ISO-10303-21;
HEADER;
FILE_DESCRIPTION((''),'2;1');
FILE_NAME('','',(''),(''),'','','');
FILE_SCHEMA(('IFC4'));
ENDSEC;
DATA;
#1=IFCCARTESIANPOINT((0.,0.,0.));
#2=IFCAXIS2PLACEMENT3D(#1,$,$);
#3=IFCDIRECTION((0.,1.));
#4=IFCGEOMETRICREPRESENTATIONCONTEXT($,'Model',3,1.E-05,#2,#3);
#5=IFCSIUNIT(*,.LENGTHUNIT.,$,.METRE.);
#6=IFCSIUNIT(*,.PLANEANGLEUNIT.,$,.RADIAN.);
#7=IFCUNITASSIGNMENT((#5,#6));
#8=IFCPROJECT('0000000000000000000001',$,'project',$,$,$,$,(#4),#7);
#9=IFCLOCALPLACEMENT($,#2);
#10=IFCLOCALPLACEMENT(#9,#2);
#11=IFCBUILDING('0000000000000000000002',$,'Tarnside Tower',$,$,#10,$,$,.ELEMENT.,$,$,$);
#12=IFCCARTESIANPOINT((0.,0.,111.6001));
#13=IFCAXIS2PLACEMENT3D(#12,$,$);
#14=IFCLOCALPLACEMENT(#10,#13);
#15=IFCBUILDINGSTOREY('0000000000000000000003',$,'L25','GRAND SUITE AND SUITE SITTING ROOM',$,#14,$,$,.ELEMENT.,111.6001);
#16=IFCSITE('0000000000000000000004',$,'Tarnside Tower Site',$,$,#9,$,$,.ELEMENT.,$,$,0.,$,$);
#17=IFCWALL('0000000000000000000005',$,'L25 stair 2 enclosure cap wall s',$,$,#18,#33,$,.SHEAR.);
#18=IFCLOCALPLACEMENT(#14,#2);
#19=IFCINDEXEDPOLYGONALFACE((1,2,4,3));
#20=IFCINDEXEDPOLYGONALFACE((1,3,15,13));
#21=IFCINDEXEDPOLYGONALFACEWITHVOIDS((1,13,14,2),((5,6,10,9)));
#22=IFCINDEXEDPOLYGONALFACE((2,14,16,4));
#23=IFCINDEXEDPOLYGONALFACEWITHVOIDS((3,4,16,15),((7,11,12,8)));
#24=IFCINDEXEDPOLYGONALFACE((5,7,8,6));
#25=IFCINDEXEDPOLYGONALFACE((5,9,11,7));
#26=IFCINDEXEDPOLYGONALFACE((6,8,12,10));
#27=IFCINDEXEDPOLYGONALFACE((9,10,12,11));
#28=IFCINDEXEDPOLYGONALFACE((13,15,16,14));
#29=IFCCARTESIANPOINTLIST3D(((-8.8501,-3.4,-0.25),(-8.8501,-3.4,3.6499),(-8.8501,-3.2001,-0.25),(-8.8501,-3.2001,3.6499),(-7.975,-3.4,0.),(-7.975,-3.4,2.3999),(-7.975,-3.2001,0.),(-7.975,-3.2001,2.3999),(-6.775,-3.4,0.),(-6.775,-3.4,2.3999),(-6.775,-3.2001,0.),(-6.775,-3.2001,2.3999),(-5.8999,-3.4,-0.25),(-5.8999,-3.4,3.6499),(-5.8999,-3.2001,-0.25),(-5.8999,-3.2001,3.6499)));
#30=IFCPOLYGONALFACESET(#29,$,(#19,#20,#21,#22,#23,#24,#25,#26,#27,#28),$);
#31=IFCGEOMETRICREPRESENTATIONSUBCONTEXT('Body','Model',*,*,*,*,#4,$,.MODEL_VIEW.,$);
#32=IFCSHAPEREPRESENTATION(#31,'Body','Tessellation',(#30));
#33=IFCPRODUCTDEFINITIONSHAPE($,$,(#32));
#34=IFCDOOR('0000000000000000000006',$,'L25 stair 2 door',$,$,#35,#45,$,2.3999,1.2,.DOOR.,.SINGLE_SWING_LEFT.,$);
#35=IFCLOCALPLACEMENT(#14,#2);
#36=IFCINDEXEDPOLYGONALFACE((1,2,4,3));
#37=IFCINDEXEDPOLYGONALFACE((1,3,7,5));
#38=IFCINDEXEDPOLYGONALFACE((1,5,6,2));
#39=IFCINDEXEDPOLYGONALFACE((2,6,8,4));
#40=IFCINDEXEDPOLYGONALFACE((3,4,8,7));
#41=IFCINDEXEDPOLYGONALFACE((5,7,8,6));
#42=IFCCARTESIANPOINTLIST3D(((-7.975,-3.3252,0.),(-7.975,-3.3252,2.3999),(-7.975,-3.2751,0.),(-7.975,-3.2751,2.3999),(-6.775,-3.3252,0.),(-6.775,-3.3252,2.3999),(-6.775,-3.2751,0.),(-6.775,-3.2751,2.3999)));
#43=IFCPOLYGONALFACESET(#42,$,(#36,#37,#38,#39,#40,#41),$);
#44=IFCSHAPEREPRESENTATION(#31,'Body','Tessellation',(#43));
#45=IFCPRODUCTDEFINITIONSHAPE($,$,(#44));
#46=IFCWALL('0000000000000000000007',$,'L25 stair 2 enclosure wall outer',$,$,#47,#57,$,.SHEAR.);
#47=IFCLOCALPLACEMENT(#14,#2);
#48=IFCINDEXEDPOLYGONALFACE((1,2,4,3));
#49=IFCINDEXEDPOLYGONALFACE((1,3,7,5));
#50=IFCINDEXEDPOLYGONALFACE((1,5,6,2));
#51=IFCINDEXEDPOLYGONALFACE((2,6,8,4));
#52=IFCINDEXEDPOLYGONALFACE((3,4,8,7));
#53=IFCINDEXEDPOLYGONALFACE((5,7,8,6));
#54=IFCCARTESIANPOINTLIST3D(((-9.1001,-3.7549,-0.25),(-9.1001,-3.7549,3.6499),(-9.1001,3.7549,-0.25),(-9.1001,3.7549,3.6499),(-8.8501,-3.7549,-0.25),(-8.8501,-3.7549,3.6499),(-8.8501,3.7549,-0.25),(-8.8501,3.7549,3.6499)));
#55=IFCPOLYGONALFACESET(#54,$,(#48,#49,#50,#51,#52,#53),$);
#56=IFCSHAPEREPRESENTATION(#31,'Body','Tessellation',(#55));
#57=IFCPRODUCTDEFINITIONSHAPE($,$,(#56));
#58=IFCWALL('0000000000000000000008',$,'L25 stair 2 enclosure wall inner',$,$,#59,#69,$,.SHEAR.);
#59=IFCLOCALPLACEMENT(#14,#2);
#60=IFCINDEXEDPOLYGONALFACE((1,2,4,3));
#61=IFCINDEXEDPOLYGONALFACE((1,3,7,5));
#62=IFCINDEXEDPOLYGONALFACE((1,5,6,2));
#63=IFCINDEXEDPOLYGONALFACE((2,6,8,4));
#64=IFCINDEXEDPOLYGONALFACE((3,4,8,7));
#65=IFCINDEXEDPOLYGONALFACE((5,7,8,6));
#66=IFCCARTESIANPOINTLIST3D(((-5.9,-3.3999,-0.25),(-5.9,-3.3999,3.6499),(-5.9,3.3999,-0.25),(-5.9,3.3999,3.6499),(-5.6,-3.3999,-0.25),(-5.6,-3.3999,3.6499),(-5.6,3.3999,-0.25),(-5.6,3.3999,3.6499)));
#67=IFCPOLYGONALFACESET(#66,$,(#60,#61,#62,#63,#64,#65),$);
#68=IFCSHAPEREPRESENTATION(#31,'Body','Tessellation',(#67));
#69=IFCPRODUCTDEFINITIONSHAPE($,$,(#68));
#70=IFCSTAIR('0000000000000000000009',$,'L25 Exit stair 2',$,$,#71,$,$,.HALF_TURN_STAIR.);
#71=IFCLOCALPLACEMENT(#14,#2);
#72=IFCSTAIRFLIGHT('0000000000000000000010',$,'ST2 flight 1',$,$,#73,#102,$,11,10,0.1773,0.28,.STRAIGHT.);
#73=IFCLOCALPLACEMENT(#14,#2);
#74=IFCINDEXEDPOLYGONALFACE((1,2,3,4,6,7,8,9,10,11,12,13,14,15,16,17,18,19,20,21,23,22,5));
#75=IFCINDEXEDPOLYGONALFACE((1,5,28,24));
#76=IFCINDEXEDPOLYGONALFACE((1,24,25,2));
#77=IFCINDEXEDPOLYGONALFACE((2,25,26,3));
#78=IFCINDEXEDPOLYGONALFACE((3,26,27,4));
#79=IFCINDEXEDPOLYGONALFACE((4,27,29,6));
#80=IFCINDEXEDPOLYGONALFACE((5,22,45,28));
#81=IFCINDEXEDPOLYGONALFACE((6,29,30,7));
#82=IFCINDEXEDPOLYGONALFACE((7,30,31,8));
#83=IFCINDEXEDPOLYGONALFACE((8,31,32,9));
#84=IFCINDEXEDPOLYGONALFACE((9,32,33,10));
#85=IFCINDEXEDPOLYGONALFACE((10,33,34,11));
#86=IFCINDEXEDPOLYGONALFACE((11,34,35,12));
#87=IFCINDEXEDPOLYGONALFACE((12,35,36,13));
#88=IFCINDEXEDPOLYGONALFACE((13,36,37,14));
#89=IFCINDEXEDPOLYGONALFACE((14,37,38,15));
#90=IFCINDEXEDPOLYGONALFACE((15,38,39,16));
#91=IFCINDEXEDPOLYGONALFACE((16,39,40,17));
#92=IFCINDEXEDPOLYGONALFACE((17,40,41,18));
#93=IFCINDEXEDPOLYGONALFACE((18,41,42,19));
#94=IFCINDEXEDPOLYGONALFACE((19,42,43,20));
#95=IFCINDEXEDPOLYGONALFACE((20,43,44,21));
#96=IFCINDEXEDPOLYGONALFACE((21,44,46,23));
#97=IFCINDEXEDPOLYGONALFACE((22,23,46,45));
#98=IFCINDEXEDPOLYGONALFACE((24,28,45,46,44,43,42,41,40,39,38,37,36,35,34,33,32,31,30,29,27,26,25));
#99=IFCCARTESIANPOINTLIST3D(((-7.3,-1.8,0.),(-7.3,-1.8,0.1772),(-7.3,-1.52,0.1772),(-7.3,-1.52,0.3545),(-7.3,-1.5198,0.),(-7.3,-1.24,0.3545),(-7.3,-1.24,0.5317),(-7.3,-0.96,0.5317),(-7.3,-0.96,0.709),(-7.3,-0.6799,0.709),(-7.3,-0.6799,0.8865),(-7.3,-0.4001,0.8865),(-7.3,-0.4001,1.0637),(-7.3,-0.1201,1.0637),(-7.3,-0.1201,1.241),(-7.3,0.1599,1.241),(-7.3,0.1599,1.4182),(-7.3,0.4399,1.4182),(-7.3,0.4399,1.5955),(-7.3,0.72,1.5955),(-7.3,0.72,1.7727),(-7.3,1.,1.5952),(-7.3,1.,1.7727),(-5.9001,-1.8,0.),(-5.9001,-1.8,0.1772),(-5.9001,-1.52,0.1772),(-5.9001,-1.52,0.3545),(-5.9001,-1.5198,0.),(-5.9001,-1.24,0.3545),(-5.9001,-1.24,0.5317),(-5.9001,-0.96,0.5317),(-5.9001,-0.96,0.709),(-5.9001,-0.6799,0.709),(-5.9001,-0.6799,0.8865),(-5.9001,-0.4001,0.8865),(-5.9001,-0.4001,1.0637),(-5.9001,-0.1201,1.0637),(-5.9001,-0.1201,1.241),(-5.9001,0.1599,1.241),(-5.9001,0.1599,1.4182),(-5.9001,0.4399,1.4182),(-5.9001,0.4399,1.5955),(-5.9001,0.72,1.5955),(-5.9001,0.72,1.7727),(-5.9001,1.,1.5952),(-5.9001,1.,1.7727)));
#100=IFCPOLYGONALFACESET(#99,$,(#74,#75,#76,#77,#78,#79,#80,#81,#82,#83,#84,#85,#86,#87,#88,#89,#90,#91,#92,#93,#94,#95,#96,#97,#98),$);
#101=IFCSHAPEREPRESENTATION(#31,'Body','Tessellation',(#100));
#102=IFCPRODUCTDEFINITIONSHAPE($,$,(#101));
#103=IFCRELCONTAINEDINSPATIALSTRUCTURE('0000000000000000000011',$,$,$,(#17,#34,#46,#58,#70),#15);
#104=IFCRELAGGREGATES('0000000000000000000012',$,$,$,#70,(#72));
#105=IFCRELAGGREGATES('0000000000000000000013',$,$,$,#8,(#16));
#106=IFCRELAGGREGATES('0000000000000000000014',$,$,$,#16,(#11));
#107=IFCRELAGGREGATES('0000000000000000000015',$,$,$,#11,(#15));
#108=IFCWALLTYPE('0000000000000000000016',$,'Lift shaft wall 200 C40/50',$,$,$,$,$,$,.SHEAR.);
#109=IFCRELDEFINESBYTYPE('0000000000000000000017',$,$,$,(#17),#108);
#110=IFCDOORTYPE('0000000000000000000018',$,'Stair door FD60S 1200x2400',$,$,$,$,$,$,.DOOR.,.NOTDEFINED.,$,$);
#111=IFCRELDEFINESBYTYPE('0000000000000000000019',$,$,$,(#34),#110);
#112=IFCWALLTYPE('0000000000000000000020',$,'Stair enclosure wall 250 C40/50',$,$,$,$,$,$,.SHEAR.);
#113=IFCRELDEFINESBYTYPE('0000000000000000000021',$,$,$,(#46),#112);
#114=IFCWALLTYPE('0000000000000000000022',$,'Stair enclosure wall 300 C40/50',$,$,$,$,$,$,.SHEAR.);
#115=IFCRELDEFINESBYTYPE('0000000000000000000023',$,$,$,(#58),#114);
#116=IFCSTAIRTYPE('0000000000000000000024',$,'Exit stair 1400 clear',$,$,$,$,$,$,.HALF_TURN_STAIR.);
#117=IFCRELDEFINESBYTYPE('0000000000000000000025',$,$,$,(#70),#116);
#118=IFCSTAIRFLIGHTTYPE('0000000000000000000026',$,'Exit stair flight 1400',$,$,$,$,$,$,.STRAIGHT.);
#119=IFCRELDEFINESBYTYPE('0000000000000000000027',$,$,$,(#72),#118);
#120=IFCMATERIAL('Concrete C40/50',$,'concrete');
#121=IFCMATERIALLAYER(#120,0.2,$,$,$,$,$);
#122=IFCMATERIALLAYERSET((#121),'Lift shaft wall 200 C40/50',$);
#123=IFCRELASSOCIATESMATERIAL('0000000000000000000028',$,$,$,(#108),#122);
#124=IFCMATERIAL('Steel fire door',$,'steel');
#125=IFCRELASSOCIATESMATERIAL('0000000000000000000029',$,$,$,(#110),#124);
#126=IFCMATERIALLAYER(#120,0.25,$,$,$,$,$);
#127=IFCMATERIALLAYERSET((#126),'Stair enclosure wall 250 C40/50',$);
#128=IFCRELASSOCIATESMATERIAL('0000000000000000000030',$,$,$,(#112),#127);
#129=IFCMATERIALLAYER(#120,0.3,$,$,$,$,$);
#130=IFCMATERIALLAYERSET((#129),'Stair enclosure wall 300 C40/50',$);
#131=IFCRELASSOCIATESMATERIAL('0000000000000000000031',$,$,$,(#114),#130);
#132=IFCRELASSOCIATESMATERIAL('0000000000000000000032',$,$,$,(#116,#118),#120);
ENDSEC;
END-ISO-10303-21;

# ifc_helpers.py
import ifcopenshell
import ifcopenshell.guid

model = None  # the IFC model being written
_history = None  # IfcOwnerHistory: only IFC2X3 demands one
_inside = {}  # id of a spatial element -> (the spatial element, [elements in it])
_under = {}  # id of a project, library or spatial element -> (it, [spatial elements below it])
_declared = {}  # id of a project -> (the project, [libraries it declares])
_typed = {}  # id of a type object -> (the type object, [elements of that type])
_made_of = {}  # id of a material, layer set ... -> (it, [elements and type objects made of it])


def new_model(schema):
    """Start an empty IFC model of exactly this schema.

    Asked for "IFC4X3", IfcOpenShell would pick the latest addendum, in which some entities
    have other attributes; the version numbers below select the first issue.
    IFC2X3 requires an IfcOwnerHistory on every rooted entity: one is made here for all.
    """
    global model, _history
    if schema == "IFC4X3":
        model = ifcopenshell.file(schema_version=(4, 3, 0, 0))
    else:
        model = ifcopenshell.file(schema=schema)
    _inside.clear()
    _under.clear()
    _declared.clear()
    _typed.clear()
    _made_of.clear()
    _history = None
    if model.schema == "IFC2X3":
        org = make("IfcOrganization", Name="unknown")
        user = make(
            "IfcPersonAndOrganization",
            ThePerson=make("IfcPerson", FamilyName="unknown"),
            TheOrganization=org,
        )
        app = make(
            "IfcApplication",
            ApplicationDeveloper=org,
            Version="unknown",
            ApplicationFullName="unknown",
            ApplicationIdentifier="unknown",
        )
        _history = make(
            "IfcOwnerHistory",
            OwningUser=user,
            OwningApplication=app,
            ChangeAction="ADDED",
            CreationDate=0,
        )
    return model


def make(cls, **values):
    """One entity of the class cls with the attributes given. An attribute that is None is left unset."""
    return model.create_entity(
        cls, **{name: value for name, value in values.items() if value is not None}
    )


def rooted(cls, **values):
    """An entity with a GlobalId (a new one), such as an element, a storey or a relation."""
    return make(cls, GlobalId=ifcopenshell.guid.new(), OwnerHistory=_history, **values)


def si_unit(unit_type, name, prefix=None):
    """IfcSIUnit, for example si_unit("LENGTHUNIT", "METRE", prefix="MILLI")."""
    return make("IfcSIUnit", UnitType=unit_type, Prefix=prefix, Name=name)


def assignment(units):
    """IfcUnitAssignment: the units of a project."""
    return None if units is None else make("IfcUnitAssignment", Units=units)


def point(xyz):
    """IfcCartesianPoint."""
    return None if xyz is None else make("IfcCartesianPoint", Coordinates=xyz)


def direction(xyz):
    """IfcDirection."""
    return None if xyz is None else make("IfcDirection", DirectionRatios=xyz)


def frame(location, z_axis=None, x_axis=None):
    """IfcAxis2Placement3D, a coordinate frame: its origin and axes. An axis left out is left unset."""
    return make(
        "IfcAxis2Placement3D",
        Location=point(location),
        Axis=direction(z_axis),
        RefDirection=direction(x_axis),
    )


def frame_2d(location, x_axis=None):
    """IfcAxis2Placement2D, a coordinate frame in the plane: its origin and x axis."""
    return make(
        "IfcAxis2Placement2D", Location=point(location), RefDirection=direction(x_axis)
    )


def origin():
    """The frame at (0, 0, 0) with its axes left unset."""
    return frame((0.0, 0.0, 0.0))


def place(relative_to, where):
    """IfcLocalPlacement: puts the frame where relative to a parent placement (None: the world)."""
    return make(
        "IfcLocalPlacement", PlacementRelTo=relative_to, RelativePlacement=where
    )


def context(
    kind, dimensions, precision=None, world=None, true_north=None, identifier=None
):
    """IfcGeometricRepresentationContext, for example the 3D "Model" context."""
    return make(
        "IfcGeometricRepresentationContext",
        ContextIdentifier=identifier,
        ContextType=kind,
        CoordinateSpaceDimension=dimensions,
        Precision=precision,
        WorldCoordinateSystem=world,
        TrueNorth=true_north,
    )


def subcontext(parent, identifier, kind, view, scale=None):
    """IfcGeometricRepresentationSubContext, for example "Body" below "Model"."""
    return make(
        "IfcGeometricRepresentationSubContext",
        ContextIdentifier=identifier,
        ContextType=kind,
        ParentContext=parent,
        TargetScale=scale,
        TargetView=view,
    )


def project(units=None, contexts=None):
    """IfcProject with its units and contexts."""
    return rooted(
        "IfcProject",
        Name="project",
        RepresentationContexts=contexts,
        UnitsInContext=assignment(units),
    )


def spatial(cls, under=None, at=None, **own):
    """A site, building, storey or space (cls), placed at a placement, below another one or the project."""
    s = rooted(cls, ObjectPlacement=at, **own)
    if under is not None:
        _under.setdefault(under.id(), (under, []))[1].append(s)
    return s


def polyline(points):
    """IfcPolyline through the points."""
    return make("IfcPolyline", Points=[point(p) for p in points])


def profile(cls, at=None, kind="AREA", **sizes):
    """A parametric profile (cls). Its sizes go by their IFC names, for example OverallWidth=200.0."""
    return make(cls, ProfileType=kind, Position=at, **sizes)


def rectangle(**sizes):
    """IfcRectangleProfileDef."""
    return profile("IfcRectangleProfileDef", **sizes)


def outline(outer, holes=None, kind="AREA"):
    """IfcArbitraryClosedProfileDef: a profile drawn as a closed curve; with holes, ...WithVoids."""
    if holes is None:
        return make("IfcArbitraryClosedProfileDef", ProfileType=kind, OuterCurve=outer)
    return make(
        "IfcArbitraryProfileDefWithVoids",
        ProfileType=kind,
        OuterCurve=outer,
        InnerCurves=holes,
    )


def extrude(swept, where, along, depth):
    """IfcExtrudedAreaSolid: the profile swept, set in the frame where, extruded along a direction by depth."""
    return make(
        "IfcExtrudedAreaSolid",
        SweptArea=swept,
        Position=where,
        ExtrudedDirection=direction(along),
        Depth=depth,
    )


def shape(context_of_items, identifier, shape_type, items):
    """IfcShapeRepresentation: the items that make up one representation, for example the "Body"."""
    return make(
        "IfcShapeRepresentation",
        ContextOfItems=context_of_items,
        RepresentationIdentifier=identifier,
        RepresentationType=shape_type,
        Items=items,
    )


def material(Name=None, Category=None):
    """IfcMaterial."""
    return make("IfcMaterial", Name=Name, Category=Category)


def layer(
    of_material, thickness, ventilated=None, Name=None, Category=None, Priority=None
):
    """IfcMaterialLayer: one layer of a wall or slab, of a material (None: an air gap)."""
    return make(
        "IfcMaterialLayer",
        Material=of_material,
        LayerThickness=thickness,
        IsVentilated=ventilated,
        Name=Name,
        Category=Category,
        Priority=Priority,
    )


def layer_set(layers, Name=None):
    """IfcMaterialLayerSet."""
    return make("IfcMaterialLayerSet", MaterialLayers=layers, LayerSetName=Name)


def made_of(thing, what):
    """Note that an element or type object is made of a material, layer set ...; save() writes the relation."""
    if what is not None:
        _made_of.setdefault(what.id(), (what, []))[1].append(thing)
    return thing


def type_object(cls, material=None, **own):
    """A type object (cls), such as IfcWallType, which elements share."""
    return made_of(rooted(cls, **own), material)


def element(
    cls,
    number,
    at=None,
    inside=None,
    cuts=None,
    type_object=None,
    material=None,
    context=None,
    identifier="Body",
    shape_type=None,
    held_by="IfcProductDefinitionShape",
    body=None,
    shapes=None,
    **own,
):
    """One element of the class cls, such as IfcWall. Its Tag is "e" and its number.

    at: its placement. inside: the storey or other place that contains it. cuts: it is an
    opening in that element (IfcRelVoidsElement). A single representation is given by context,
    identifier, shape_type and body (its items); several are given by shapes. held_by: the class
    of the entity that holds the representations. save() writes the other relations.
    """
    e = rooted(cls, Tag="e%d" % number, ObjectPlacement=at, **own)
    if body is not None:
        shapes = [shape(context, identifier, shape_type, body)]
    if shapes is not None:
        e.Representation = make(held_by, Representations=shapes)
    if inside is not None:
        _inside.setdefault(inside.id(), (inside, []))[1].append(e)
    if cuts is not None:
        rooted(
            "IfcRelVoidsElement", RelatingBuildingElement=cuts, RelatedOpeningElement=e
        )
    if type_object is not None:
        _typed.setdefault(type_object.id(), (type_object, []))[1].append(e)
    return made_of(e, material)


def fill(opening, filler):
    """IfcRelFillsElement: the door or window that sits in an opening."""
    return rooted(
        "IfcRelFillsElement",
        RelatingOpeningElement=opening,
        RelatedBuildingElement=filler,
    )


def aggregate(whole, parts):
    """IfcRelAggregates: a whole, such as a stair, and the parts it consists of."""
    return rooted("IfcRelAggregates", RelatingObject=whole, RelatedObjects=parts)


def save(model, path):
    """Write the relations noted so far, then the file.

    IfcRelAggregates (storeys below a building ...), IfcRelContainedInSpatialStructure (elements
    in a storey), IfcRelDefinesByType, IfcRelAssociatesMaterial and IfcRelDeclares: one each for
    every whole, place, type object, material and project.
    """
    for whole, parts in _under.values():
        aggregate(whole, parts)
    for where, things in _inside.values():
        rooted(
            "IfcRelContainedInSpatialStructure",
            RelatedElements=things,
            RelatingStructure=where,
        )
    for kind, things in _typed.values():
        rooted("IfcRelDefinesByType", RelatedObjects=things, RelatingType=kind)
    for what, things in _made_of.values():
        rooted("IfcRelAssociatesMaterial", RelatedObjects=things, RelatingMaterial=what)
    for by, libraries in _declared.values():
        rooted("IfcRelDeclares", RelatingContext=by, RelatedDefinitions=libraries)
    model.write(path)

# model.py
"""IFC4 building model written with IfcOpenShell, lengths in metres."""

from ifc_helpers import new_model, si_unit, direction, frame, frame_2d, origin, place, context, subcontext, project, spatial, polyline, rectangle, outline, extrude, material, layer, layer_set, type_object, element, fill, aggregate, save


model = new_model("IFC4")

# Units and contexts
model_context = context("Model", 3, precision=1e-05, world=origin(), true_north=direction((0.0, 1.0)))
body_context = subcontext(model_context, "Body", "Model", "MODEL_VIEW")
ifc_project = project(units=[si_unit("LENGTHUNIT", "METRE"), si_unit("PLANEANGLEUNIT", "RADIAN")], contexts=[model_context])

# Site, building, storey
site_placement = place(None, origin())
site = spatial("IfcSite", under=ifc_project, at=site_placement, Name="Tarnside Tower Site", CompositionType="ELEMENT", RefElevation=0.0)
building_placement = place(site_placement, origin())
building = spatial("IfcBuilding", under=site, at=building_placement, Name="Tarnside Tower", CompositionType="ELEMENT")
storey_placement = place(building_placement, frame((0.0, 0.0, 111.6001)))
storey = spatial("IfcBuildingStorey", under=building, at=storey_placement, Name="L25", Description="GRAND SUITE AND SUITE SITTING ROOM", CompositionType="ELEMENT", Elevation=111.6001)

# Shared definitions
ifc_material_1 = material(Name="Steel fire door", Category="steel")

# Shared definitions
ifc_material_2 = material(Name="Concrete C40/50", Category="concrete")

# Shared definitions
ifc_layer_1 = layer(ifc_material_2, 0.2)
ifc_layer_set_1 = layer_set([ifc_layer_1], Name="Lift shaft wall 200 C40/50")
wall_type_1 = type_object("IfcWallType", Name="Lift shaft wall 200 C40/50", PredefinedType="SHEAR", material=ifc_layer_set_1)

# Wall, opening, door
wall_1_placement = place(storey_placement, frame((-8.8501, -3.3, -0.25), z_axis=(0.0, 0.0, 1.0), x_axis=(1.0, 0.0, 0.0)))
wall_1 = element("IfcWall", 1, at=wall_1_placement, inside=storey, type_object=wall_type_1, Name="L25 stair 2 enclosure cap wall s", PredefinedType="SHEAR", context=body_context, shape_type="SweptSolid", body=[
    extrude(rectangle(XDim=2.9502, YDim=0.2, at=frame_2d((1.4751, 0.0))), origin(), (0.0, 0.0, 1.0), 3.8999),
])
opening_1_placement = place(wall_1_placement, frame((0.875, 0.0, 0.25)))
opening_1 = element("IfcOpeningElement", 2, at=opening_1_placement, cuts=wall_1, PredefinedType="OPENING", context=body_context, shape_type="SweptSolid", body=[
    extrude(rectangle(XDim=1.2, YDim=2.3999, at=frame_2d((0.6001, 1.2))), frame((0.0, 0.1099, 0.0), z_axis=(0.0, -1.0, 0.0), x_axis=(1.0, 0.0, 0.0)), (0.0, 0.0, 1.0), 0.22),
])
door_type_1 = type_object("IfcDoorType", Name="Stair door FD60S 1200x2400", OperationType="NOTDEFINED", PredefinedType="DOOR", material=ifc_material_1)
door_1_placement = place(opening_1_placement, origin())
door_1 = element("IfcDoor", 3, at=door_1_placement, inside=storey, type_object=door_type_1, Name="L25 stair 2 door", OperationType="SINGLE_SWING_LEFT", OverallHeight=2.3999, OverallWidth=1.2, PredefinedType="DOOR", context=body_context, shape_type="SweptSolid", body=[
    extrude(rectangle(XDim=1.2, YDim=2.3999, at=frame_2d((0.6001, 1.2))), frame((0.0, 0.0249, 0.0), z_axis=(0.0, -1.0, 0.0), x_axis=(1.0, 0.0, 0.0)), (0.0, 0.0, 1.0), 0.05),
])
fill(opening_1, door_1)

# Walls
ifc_layer_2 = layer(ifc_material_2, 0.25)
ifc_layer_set_2 = layer_set([ifc_layer_2], Name="Stair enclosure wall 250 C40/50")
wall_type_2 = type_object("IfcWallType", Name="Stair enclosure wall 250 C40/50", PredefinedType="SHEAR", material=ifc_layer_set_2)
wall_2_placement = place(storey_placement, frame((-8.9751, -3.7549, -0.25), z_axis=(0.0, 0.0, 1.0), x_axis=(0.0, 1.0, 0.0)))
element("IfcWall", 4, at=wall_2_placement, inside=storey, type_object=wall_type_2, Name="L25 stair 2 enclosure wall outer", PredefinedType="SHEAR", context=body_context, shape_type="SweptSolid", body=[
    extrude(rectangle(XDim=7.5098, YDim=0.25, at=frame_2d((3.7549, 0.0))), origin(), (0.0, 0.0, 1.0), 3.8999),
])
ifc_layer_3 = layer(ifc_material_2, 0.3)
ifc_layer_set_3 = layer_set([ifc_layer_3], Name="Stair enclosure wall 300 C40/50")
wall_type_3 = type_object("IfcWallType", Name="Stair enclosure wall 300 C40/50", PredefinedType="SHEAR", material=ifc_layer_set_3)
wall_3_placement = place(storey_placement, frame((-5.75, -3.3999, -0.25), z_axis=(0.0, 0.0, 1.0), x_axis=(0.0, 1.0, 0.0)))
element("IfcWall", 5, at=wall_3_placement, inside=storey, type_object=wall_type_3, Name="L25 stair 2 enclosure wall inner", PredefinedType="SHEAR", context=body_context, shape_type="SweptSolid", body=[
    extrude(rectangle(XDim=6.7998, YDim=0.3, at=frame_2d((3.3999, 0.0))), origin(), (0.0, 0.0, 1.0), 3.8999),
])

# Stair, stair flight
stair_type = type_object("IfcStairType", Name="Exit stair 1400 clear", PredefinedType="HALF_TURN_STAIR", material=ifc_material_2)
stair_placement = place(storey_placement, origin())
stair = element("IfcStair", 6, at=stair_placement, inside=storey, type_object=stair_type, Name="L25 Exit stair 2", PredefinedType="HALF_TURN_STAIR")
stair_flight_type = type_object("IfcStairFlightType", Name="Exit stair flight 1400", PredefinedType="STRAIGHT", material=ifc_material_2)
stair_flight_placement = place(storey_placement, frame((-6.6001, -1.8, 0.0), z_axis=(0.0, 0.0, 1.0), x_axis=(0.0, 1.0, 0.0)))
stair_flight = element("IfcStairFlight", 7, at=stair_flight_placement, type_object=stair_flight_type, Name="ST2 flight 1", NumberOfRisers=11, NumberOfTreads=10, PredefinedType="STRAIGHT", RiserHeight=0.1773, TreadLength=0.28, context=body_context, shape_type="SweptSolid", body=[
    extrude(outline(polyline([(0.0, 0.0), (0.0, 0.1772), (0.28, 0.1772), (0.28, 0.3545), (0.5601, 0.3545), (0.5601, 0.5317), (0.8401, 0.5317), (0.8401, 0.709), (1.1201, 0.709), (1.1201, 0.8865), (1.3999, 0.8865), (1.3999, 1.0637), (1.6799, 1.0637), (1.6799, 1.241), (1.96, 1.241), (1.96, 1.4182), (2.24, 1.4182), (2.24, 1.5955), (2.52, 1.5955), (2.52, 1.7727), (2.8, 1.7727), (2.8, 1.95), (2.8, 1.5952), (0.2803, 0.0), (0.0, 0.0)])), frame((0.0, 0.7, 0.0), z_axis=(0.0, -1.0, 0.0), x_axis=(1.0, 0.0, 0.0)), (0.0, 0.0, 1.0), 1.3999),
])
aggregate(stair, [stair_flight])

save(model, "model.ifc")
